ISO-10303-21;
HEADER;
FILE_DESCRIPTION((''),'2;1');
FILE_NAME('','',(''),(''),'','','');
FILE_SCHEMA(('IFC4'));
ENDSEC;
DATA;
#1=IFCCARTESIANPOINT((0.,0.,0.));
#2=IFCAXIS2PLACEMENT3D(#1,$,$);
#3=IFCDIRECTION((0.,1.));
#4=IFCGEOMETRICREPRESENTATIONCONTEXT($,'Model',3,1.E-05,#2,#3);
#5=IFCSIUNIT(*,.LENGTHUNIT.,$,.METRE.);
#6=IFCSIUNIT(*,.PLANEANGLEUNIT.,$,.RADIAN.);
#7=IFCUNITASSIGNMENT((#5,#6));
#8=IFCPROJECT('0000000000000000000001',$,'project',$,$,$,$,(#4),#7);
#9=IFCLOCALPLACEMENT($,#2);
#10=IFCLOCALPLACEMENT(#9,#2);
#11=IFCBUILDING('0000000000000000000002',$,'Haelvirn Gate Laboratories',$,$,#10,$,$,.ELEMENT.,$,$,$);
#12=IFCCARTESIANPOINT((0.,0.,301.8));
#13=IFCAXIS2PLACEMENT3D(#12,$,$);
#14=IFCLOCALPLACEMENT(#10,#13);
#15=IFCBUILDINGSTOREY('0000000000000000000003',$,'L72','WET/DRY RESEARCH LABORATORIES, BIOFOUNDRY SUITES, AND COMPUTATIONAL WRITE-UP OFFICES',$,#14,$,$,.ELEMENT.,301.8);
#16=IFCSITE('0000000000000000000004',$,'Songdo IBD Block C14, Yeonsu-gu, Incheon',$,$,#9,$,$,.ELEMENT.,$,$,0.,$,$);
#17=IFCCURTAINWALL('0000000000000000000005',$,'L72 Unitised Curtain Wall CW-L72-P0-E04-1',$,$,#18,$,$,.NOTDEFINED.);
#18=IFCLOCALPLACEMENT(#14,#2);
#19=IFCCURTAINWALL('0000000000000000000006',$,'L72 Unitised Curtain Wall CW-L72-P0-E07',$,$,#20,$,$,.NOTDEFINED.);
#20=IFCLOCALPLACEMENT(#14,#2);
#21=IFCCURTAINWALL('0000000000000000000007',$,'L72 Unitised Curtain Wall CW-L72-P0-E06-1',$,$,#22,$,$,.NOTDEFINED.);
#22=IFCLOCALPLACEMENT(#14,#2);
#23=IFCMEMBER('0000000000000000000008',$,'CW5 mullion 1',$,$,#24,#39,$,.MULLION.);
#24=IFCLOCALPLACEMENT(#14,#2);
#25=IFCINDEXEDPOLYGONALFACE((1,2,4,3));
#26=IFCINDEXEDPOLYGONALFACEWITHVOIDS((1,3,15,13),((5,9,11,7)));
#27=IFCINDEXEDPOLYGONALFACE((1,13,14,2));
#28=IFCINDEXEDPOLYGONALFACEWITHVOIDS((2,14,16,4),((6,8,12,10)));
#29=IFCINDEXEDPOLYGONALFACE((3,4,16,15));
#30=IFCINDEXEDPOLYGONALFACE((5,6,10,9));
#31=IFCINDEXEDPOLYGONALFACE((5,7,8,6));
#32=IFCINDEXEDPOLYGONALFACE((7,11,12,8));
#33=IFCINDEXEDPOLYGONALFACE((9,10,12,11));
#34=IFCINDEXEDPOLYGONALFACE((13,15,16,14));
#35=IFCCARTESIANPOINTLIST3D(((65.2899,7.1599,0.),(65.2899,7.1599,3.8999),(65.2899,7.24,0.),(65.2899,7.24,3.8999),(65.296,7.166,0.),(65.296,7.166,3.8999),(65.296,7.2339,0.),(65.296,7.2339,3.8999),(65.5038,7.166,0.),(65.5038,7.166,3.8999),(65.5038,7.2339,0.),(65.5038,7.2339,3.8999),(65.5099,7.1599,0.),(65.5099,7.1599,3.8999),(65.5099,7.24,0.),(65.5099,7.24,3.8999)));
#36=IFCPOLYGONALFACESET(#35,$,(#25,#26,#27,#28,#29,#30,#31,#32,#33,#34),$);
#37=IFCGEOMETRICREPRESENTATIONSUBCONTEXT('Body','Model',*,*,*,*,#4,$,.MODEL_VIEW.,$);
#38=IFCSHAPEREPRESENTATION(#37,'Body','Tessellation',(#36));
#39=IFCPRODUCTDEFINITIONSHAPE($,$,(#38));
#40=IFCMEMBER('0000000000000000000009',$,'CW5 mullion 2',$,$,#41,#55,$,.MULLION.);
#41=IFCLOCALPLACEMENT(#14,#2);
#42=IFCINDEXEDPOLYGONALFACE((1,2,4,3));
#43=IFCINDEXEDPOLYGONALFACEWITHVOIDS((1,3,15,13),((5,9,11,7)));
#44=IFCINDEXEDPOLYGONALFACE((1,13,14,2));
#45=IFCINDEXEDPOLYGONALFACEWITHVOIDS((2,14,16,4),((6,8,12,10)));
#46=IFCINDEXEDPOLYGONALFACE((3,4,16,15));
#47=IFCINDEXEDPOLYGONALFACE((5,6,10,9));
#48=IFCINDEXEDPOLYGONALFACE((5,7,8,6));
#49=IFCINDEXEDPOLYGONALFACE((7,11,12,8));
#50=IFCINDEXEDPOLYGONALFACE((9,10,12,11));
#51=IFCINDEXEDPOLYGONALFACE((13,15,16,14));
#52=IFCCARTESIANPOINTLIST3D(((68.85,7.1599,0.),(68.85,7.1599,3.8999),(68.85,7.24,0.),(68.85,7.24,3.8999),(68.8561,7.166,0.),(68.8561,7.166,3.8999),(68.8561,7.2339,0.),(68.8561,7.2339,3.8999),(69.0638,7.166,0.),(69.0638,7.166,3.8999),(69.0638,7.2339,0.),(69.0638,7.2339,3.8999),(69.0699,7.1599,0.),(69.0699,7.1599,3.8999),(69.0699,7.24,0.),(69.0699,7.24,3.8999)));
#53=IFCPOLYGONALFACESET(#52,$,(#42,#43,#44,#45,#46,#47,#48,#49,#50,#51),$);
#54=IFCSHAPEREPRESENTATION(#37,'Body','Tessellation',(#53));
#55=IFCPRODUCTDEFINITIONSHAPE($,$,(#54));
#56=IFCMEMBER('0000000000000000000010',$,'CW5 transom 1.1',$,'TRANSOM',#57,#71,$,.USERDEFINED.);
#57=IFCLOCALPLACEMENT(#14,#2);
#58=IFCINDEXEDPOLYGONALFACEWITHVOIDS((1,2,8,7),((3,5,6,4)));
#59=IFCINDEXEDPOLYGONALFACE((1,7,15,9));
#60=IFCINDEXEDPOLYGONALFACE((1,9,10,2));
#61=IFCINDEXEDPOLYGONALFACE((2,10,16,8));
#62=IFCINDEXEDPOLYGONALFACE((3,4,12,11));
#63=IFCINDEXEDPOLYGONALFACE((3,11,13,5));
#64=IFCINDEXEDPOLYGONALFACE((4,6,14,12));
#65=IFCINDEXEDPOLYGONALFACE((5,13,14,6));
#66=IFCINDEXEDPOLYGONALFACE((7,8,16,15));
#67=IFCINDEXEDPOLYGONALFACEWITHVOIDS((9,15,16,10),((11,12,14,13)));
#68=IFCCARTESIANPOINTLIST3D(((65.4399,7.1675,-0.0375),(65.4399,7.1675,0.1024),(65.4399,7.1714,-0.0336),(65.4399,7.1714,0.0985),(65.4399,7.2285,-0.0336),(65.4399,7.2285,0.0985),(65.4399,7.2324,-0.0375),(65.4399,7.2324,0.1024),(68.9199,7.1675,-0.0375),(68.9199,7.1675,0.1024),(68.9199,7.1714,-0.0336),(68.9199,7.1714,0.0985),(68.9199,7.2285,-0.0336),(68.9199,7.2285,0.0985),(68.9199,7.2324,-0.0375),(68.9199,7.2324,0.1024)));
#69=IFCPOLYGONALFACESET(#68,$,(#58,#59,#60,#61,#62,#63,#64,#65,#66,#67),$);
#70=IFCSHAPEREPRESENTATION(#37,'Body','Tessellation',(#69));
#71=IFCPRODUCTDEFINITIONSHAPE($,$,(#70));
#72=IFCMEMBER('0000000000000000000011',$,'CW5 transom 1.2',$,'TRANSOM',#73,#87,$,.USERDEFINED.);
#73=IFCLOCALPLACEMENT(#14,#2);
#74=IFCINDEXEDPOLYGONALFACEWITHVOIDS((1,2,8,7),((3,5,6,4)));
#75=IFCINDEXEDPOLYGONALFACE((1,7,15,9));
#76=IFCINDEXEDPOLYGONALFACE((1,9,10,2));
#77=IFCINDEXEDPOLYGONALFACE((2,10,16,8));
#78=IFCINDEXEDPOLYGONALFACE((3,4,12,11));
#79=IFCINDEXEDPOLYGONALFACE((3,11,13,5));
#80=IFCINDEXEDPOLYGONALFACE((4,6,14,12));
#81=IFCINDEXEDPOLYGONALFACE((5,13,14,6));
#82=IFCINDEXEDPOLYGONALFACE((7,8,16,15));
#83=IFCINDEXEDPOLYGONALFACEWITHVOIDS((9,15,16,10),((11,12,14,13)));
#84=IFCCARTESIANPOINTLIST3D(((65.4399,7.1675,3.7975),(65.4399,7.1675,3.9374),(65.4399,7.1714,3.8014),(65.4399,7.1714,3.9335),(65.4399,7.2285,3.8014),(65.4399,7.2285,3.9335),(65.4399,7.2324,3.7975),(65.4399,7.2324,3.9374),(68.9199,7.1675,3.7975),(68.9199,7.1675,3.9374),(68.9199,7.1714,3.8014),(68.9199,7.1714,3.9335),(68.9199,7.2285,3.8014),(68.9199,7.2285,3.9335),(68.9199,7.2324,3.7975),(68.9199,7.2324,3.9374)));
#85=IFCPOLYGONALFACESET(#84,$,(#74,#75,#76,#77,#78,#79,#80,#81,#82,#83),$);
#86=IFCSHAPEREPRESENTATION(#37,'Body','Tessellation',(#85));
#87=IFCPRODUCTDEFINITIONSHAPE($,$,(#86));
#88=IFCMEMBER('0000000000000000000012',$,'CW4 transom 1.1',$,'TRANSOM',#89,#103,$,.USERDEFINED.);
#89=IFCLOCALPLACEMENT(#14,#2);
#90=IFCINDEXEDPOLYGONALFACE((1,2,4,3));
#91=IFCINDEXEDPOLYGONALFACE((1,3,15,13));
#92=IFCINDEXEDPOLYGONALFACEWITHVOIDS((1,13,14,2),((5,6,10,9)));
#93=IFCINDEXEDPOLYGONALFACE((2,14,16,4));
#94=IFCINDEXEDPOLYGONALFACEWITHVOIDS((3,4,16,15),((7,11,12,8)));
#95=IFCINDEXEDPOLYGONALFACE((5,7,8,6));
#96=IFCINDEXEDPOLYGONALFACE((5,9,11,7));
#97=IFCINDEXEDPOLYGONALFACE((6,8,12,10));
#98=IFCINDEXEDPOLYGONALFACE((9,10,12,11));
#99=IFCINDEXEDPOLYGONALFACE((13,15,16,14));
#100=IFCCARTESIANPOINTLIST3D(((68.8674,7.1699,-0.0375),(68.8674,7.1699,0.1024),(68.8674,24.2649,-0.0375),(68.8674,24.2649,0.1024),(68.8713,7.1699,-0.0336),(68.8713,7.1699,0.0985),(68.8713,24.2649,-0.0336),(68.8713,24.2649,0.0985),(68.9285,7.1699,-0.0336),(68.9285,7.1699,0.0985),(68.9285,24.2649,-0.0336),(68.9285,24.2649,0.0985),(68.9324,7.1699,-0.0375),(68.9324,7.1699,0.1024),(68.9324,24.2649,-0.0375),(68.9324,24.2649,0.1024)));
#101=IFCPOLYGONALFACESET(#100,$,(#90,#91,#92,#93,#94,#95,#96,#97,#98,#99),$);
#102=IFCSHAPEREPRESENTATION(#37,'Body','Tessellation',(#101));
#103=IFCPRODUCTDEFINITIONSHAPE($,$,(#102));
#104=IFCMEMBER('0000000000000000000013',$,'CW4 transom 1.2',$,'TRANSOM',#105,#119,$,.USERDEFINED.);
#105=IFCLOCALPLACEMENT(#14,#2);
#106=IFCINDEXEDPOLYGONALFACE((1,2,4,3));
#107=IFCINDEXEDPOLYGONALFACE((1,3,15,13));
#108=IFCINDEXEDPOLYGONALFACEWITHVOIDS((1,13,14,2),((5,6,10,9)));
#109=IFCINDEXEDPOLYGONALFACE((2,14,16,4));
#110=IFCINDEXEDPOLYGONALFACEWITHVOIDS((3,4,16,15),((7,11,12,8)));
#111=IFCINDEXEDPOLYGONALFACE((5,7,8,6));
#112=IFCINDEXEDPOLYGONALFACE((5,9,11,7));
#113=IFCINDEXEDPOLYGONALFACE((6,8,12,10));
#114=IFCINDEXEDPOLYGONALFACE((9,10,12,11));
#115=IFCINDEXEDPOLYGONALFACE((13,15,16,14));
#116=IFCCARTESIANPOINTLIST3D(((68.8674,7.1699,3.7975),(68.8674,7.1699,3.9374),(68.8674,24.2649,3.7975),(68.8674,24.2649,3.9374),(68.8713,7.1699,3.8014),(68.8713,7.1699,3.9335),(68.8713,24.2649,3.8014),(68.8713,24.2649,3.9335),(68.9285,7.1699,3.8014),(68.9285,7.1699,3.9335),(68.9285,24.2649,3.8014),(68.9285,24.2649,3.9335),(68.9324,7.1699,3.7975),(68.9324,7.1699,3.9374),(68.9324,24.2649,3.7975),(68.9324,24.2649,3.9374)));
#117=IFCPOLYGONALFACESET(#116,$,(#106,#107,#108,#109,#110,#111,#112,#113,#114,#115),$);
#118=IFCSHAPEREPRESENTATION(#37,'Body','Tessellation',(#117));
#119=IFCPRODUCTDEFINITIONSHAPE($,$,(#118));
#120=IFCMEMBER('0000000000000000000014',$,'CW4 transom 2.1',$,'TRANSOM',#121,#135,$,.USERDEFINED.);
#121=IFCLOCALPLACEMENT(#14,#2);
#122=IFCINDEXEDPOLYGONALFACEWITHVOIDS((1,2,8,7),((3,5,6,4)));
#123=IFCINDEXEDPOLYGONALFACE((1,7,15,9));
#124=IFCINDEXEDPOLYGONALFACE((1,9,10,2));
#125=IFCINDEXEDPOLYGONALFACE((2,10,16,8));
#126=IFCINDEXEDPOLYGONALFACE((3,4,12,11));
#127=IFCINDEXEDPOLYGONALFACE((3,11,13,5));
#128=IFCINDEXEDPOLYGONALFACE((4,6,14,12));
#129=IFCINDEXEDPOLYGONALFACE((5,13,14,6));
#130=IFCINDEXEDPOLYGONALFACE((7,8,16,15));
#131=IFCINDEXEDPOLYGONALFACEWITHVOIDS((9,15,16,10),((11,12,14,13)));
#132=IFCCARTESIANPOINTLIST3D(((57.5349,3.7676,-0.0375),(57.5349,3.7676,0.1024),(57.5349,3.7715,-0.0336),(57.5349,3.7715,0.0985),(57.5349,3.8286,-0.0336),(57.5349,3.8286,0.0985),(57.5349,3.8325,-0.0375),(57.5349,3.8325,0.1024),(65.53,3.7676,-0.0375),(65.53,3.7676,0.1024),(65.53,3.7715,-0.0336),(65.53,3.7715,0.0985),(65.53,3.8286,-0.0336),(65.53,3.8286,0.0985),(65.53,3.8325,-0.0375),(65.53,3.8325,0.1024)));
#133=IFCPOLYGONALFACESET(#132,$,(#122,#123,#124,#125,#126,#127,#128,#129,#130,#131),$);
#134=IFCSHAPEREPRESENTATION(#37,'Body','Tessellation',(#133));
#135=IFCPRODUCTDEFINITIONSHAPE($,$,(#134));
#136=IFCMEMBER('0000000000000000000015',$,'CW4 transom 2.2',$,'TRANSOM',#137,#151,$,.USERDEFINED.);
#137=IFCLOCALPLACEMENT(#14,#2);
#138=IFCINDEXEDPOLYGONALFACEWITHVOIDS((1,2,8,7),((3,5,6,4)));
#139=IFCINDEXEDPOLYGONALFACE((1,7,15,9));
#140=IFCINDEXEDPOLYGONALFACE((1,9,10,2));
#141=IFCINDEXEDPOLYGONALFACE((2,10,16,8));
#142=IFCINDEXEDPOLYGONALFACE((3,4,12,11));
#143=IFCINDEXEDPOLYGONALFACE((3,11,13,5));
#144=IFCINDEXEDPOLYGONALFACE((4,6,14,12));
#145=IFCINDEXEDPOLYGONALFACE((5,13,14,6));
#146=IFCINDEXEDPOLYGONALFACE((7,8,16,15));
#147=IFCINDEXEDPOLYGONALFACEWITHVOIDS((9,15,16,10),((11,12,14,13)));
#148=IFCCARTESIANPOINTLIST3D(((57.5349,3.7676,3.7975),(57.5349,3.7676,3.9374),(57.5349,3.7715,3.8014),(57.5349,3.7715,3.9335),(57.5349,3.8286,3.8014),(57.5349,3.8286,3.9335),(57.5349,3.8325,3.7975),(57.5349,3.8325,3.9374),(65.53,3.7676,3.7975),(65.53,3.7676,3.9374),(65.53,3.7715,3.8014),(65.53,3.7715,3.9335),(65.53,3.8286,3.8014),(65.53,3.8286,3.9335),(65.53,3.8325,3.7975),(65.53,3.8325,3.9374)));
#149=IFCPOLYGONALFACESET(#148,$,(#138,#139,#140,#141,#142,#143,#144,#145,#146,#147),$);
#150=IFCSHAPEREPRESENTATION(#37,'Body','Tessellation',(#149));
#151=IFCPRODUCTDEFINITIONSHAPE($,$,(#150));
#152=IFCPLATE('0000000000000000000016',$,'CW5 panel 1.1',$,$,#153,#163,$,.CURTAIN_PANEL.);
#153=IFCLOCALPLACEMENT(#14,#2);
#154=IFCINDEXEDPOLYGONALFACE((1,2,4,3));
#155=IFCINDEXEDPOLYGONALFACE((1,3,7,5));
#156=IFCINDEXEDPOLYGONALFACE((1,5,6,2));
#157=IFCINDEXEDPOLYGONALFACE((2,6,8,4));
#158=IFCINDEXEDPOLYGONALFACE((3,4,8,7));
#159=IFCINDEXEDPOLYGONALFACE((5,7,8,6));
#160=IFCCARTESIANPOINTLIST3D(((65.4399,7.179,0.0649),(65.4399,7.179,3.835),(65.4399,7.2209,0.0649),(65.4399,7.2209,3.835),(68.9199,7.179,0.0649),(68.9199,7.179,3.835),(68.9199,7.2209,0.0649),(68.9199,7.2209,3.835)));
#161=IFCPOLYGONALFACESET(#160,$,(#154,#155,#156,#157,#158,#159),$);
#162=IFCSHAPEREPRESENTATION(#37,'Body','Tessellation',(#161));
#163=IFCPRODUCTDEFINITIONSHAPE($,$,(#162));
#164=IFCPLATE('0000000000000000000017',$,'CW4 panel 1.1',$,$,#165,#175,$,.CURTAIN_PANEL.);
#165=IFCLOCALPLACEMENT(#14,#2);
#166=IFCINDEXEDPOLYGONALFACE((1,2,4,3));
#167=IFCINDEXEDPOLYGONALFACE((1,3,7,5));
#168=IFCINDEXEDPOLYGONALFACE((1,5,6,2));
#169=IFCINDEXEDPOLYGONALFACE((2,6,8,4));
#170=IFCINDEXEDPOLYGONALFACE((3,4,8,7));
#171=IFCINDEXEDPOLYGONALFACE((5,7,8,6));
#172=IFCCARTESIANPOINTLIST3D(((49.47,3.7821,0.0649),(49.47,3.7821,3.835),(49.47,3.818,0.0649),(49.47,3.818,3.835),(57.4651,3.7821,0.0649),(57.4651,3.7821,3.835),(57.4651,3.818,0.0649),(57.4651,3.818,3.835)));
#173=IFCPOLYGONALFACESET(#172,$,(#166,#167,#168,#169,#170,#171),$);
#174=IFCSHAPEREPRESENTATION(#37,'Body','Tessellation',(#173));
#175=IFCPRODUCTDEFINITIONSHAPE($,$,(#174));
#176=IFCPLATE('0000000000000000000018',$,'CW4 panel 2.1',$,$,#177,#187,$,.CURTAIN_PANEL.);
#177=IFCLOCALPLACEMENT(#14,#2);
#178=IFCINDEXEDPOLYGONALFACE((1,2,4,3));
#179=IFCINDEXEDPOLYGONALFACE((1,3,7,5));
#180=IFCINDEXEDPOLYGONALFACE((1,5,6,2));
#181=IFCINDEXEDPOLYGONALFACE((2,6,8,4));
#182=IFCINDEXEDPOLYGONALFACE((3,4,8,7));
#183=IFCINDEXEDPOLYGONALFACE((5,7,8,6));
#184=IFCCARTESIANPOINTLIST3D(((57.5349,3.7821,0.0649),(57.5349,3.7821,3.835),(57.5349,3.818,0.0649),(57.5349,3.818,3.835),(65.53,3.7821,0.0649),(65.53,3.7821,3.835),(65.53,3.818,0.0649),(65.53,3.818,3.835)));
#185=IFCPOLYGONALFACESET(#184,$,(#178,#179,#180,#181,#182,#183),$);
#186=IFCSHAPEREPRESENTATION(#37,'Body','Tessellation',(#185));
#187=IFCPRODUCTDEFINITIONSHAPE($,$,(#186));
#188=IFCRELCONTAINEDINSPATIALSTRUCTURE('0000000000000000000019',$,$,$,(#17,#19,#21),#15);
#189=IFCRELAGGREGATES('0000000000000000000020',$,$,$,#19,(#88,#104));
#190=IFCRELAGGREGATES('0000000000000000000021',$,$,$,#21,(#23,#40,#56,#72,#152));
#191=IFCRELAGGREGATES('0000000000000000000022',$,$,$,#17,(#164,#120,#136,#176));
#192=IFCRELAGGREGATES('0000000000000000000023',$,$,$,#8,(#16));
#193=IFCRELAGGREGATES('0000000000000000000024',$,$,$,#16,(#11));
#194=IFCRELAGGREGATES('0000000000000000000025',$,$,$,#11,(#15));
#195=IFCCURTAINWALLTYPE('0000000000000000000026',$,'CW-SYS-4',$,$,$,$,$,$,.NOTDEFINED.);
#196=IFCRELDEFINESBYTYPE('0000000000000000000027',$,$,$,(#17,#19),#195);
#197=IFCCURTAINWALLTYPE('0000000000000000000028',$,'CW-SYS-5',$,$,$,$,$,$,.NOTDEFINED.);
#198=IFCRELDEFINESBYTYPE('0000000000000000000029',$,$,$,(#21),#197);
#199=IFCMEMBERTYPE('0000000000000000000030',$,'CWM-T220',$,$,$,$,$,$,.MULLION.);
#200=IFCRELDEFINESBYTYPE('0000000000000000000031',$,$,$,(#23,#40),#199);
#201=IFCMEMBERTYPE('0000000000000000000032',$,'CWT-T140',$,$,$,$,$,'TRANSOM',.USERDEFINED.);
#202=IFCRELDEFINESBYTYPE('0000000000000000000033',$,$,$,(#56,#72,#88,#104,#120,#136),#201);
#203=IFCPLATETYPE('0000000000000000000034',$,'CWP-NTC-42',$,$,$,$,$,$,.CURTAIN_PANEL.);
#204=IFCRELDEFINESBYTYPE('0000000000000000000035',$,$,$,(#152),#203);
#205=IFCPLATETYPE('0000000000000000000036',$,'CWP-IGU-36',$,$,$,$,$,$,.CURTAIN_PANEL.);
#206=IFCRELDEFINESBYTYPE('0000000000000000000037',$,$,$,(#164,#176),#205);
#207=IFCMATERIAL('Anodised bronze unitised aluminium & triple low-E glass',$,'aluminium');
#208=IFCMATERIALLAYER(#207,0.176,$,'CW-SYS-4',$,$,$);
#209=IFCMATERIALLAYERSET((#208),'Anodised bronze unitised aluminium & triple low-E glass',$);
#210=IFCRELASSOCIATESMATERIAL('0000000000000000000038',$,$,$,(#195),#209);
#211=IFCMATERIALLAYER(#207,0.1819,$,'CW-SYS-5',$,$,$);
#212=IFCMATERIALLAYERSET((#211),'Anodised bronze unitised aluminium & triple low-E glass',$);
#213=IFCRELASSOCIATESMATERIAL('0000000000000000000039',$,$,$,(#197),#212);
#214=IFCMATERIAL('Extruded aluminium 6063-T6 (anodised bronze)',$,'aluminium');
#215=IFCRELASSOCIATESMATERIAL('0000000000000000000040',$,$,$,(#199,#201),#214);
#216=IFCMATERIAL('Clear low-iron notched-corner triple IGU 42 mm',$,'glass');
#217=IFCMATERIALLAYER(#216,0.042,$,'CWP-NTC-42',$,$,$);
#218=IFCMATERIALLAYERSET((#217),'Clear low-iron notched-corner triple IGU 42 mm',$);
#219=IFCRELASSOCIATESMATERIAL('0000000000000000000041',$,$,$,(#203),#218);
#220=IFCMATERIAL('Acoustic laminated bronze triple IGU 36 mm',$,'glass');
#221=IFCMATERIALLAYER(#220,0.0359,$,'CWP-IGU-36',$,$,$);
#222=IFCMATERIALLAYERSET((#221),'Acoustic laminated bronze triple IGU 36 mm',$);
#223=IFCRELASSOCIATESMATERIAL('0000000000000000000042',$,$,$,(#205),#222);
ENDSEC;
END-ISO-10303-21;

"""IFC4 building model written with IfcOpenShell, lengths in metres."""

from ifc_helpers import new_model, si_unit, direction, frame, origin, origin_2d, place, context, subcontext, project, spatial, rectangle, hollow_rectangle, extrude, source, transform, mapped, material, layer, layer_set, material_profile, profile_set, type_object, type_shapes, element, aggregate, save


model = new_model("IFC4")

# Units and contexts
model_context = context("Model", 3, precision=1e-05, world=origin(), true_north=direction((0.0, 1.0)))
body_context = subcontext(model_context, "Body", "Model", "MODEL_VIEW")
ifc_project = project(units=[si_unit("LENGTHUNIT", "METRE"), si_unit("PLANEANGLEUNIT", "RADIAN")], contexts=[model_context])

# Site, building, storey
site_placement = place(None, origin())
site = spatial("IfcSite", under=ifc_project, at=site_placement, Name="Songdo IBD Block C14, Yeonsu-gu, Incheon", CompositionType="ELEMENT", RefElevation=0.0)
building_placement = place(site_placement, origin())
building = spatial("IfcBuilding", under=site, at=building_placement, Name="Haelvirn Gate Laboratories", CompositionType="ELEMENT")
storey_placement = place(building_placement, frame((0.0, 0.0, 301.8)))
storey = spatial("IfcBuildingStorey", under=building, at=storey_placement, Name="L72", Description="WET/DRY RESEARCH LABORATORIES, BIOFOUNDRY SUITES, AND COMPUTATIONAL WRITE-UP OFFICES", CompositionType="ELEMENT", Elevation=301.8)

# Curtain wall
ifc_material_1 = material(Name="Anodised bronze unitised aluminium & triple low-E glass", Category="aluminium")
ifc_layer_1 = layer(ifc_material_1, 0.176, Name="CW-SYS-4")
ifc_layer_set_1 = layer_set([ifc_layer_1], Name="Anodised bronze unitised aluminium & triple low-E glass")
curtain_wall_type_1 = type_object("IfcCurtainWallType", Name="CW-SYS-4", PredefinedType="NOTDEFINED", material=ifc_layer_set_1)
curtain_wall_1_placement = place(storey_placement, origin())
curtain_wall_1 = element("IfcCurtainWall", 1, at=curtain_wall_1_placement, inside=storey, type_object=curtain_wall_type_1, Name="L72 Unitised Curtain Wall CW-L72-P0-E04-1", PredefinedType="NOTDEFINED")
ifc_material_2 = material(Name="Extruded aluminium 6063-T6 (anodised bronze)", Category="aluminium")

# Curtain wall
curtain_wall_2_placement = place(storey_placement, origin())
curtain_wall_2 = element("IfcCurtainWall", 2, at=curtain_wall_2_placement, inside=storey, type_object=curtain_wall_type_1, Name="L72 Unitised Curtain Wall CW-L72-P0-E07", PredefinedType="NOTDEFINED")

# Curtain wall, members
ifc_layer_2 = layer(ifc_material_1, 0.1819, Name="CW-SYS-5")
ifc_layer_set_2 = layer_set([ifc_layer_2], Name="Anodised bronze unitised aluminium & triple low-E glass")
curtain_wall_type_2 = type_object("IfcCurtainWallType", Name="CW-SYS-5", PredefinedType="NOTDEFINED", material=ifc_layer_set_2)
curtain_wall_3_placement = place(storey_placement, origin())
curtain_wall_3 = element("IfcCurtainWall", 3, at=curtain_wall_3_placement, inside=storey, type_object=curtain_wall_type_2, Name="L72 Unitised Curtain Wall CW-L72-P0-E06-1", PredefinedType="NOTDEFINED")
ifc_material_profile_1 = material_profile(ifc_material_2, hollow_rectangle(XDim=0.0801, YDim=0.22, WallThickness=0.0061, at=origin_2d()), Name="CWM-220x80x6")
ifc_profile_set_1 = profile_set([ifc_material_profile_1], Name="Extruded aluminium 6063-T6 (anodised bronze)")
member_type_1 = type_object("IfcMemberType", Name="CWM-T220", PredefinedType="MULLION", material=ifc_profile_set_1)
shared_shape_1 = source(origin(), body_context, "Body", "SweptSolid", [
    extrude(hollow_rectangle(XDim=0.0801, YDim=0.22, WallThickness=0.0061, at=origin_2d()), origin(), (0.0, 0.0, 1.0), 3.8999),
])
type_shapes(member_type_1, [shared_shape_1])
member_1_placement = place(storey_placement, frame((65.3999, 7.2, 0.0), z_axis=(0.0, 0.0, 1.0), x_axis=(0.0, 1.0, 0.0)))
member_1 = element("IfcMember", 4, at=member_1_placement, type_object=member_type_1, Name="CW5 mullion 1", PredefinedType="MULLION", context=body_context, shape_type="MappedRepresentation", body=[
    mapped(shared_shape_1, transform((0.0, 0.0, 0.0), scale=1.0)),
])
member_2_placement = place(storey_placement, frame((68.96, 7.2, 0.0), z_axis=(0.0, 0.0, 1.0), x_axis=(0.0, 1.0, 0.0)))
member_2 = element("IfcMember", 5, at=member_2_placement, type_object=member_type_1, Name="CW5 mullion 2", PredefinedType="MULLION", context=body_context, shape_type="MappedRepresentation", body=[
    mapped(shared_shape_1, transform((0.0, 0.0, 0.0), scale=1.0)),
])
ifc_material_profile_2 = material_profile(ifc_material_2, hollow_rectangle(XDim=0.0649, YDim=0.1399, WallThickness=0.0039, at=origin_2d()), Name="CWT-140x65x4")
ifc_profile_set_2 = profile_set([ifc_material_profile_2], Name="Extruded aluminium 6063-T6 (anodised bronze)")
member_type_2 = type_object("IfcMemberType", Name="CWT-T140", ElementType="TRANSOM", PredefinedType="USERDEFINED", material=ifc_profile_set_2)
shared_shape_2 = source(origin(), body_context, "Body", "SweptSolid", [
    extrude(hollow_rectangle(XDim=0.0649, YDim=0.1399, WallThickness=0.0039, at=origin_2d()), origin(), (0.0, 0.0, 1.0), 3.48),
])
member_3_placement = place(storey_placement, frame((65.4399, 7.2, 0.0325), z_axis=(1.0, 0.0, 0.0), x_axis=(0.0, 1.0, 0.0)))
member_3 = element("IfcMember", 6, at=member_3_placement, type_object=member_type_2, Name="CW5 transom 1.1", ObjectType="TRANSOM", PredefinedType="USERDEFINED", context=body_context, shape_type="MappedRepresentation", body=[
    mapped(shared_shape_2, transform((0.0, 0.0, 0.0), scale=1.0)),
])
member_4_placement = place(storey_placement, frame((65.4399, 7.2, 3.8674), z_axis=(1.0, 0.0, 0.0), x_axis=(0.0, 1.0, 0.0)))
member_4 = element("IfcMember", 7, at=member_4_placement, type_object=member_type_2, Name="CW5 transom 1.2", ObjectType="TRANSOM", PredefinedType="USERDEFINED", context=body_context, shape_type="MappedRepresentation", body=[
    mapped(shared_shape_2, transform((0.0, 0.0, 0.0), scale=1.0)),
])

# Members
shared_shape_3 = source(origin(), body_context, "Body", "SweptSolid", [
    extrude(hollow_rectangle(XDim=0.0649, YDim=0.1399, WallThickness=0.0039, at=origin_2d()), origin(), (0.0, 0.0, 1.0), 17.095),
])
member_5_placement = place(storey_placement, frame((68.8999, 7.1699, 0.0325), z_axis=(0.0, 1.0, 0.0), x_axis=(-1.0, 0.0, 0.0)))
member_5 = element("IfcMember", 8, at=member_5_placement, type_object=member_type_2, Name="CW4 transom 1.1", ObjectType="TRANSOM", PredefinedType="USERDEFINED", context=body_context, shape_type="MappedRepresentation", body=[
    mapped(shared_shape_3, transform((0.0, 0.0, 0.0), scale=1.0)),
])
member_6_placement = place(storey_placement, frame((68.8999, 7.1699, 3.8674), z_axis=(0.0, 1.0, 0.0), x_axis=(-1.0, 0.0, 0.0)))
member_6 = element("IfcMember", 9, at=member_6_placement, type_object=member_type_2, Name="CW4 transom 1.2", ObjectType="TRANSOM", PredefinedType="USERDEFINED", context=body_context, shape_type="MappedRepresentation", body=[
    mapped(shared_shape_3, transform((0.0, 0.0, 0.0), scale=1.0)),
])
aggregate(curtain_wall_2, [member_5, member_6])
shared_shape_4 = source(origin(), body_context, "Body", "SweptSolid", [
    extrude(hollow_rectangle(XDim=0.0649, YDim=0.1399, WallThickness=0.0039, at=origin_2d()), origin(), (0.0, 0.0, 1.0), 7.9951),
])
type_shapes(member_type_2, [shared_shape_2, shared_shape_3, shared_shape_4])
member_7_placement = place(storey_placement, frame((57.5349, 3.8, 0.0325), z_axis=(1.0, 0.0, 0.0), x_axis=(0.0, 1.0, 0.0)))
member_7 = element("IfcMember", 10, at=member_7_placement, type_object=member_type_2, Name="CW4 transom 2.1", ObjectType="TRANSOM", PredefinedType="USERDEFINED", context=body_context, shape_type="MappedRepresentation", body=[
    mapped(shared_shape_4, transform((0.0, 0.0, 0.0), scale=1.0)),
])
member_8_placement = place(storey_placement, frame((57.5349, 3.8, 3.8674), z_axis=(1.0, 0.0, 0.0), x_axis=(0.0, 1.0, 0.0)))
member_8 = element("IfcMember", 11, at=member_8_placement, type_object=member_type_2, Name="CW4 transom 2.2", ObjectType="TRANSOM", PredefinedType="USERDEFINED", context=body_context, shape_type="MappedRepresentation", body=[
    mapped(shared_shape_4, transform((0.0, 0.0, 0.0), scale=1.0)),
])

# Plates
ifc_material_3 = material(Name="Clear low-iron notched-corner triple IGU 42 mm", Category="glass")
ifc_layer_3 = layer(ifc_material_3, 0.042, Name="CWP-NTC-42")
ifc_layer_set_3 = layer_set([ifc_layer_3], Name="Clear low-iron notched-corner triple IGU 42 mm")
plate_type_1 = type_object("IfcPlateType", Name="CWP-NTC-42", PredefinedType="CURTAIN_PANEL", material=ifc_layer_set_3)
shared_shape_5 = source(origin(), body_context, "Body", "SweptSolid", [
    extrude(rectangle(XDim=3.48, YDim=0.042, at=origin_2d()), origin(), (0.0, 0.0, 1.0), 3.77),
])
type_shapes(plate_type_1, [shared_shape_5])
plate_1_placement = place(storey_placement, frame((67.1799, 7.2, 0.0649), z_axis=(0.0, 0.0, 1.0), x_axis=(1.0, 0.0, 0.0)))
plate_1 = element("IfcPlate", 12, at=plate_1_placement, type_object=plate_type_1, Name="CW5 panel 1.1", PredefinedType="CURTAIN_PANEL", context=body_context, shape_type="MappedRepresentation", body=[
    mapped(shared_shape_5, transform((0.0, 0.0, 0.0), scale=1.0)),
])
aggregate(curtain_wall_3, [member_1, member_2, member_3, member_4, plate_1])
ifc_material_4 = material(Name="Acoustic laminated bronze triple IGU 36 mm", Category="glass")
ifc_layer_4 = layer(ifc_material_4, 0.0359, Name="CWP-IGU-36")
ifc_layer_set_4 = layer_set([ifc_layer_4], Name="Acoustic laminated bronze triple IGU 36 mm")
plate_type_2 = type_object("IfcPlateType", Name="CWP-IGU-36", PredefinedType="CURTAIN_PANEL", material=ifc_layer_set_4)
shared_shape_6 = source(origin(), body_context, "Body", "SweptSolid", [
    extrude(rectangle(XDim=7.9951, YDim=0.0359, at=origin_2d()), origin(), (0.0, 0.0, 1.0), 3.77),
])
type_shapes(plate_type_2, [shared_shape_6])
plate_2_placement = place(storey_placement, frame((53.4675, 3.8, 0.0649), z_axis=(0.0, 0.0, 1.0), x_axis=(1.0, 0.0, 0.0)))
plate_2 = element("IfcPlate", 13, at=plate_2_placement, type_object=plate_type_2, Name="CW4 panel 1.1", PredefinedType="CURTAIN_PANEL", context=body_context, shape_type="MappedRepresentation", body=[
    mapped(shared_shape_6, transform((0.0, 0.0, 0.0), scale=1.0)),
])
plate_3_placement = place(storey_placement, frame((61.5325, 3.8, 0.0649), z_axis=(0.0, 0.0, 1.0), x_axis=(1.0, 0.0, 0.0)))
plate_3 = element("IfcPlate", 14, at=plate_3_placement, type_object=plate_type_2, Name="CW4 panel 2.1", PredefinedType="CURTAIN_PANEL", context=body_context, shape_type="MappedRepresentation", body=[
    mapped(shared_shape_6, transform((0.0, 0.0, 0.0), scale=1.0)),
])
aggregate(curtain_wall_1, [plate_2, member_7, member_8, plate_3])

save(model, "model.ifc")
